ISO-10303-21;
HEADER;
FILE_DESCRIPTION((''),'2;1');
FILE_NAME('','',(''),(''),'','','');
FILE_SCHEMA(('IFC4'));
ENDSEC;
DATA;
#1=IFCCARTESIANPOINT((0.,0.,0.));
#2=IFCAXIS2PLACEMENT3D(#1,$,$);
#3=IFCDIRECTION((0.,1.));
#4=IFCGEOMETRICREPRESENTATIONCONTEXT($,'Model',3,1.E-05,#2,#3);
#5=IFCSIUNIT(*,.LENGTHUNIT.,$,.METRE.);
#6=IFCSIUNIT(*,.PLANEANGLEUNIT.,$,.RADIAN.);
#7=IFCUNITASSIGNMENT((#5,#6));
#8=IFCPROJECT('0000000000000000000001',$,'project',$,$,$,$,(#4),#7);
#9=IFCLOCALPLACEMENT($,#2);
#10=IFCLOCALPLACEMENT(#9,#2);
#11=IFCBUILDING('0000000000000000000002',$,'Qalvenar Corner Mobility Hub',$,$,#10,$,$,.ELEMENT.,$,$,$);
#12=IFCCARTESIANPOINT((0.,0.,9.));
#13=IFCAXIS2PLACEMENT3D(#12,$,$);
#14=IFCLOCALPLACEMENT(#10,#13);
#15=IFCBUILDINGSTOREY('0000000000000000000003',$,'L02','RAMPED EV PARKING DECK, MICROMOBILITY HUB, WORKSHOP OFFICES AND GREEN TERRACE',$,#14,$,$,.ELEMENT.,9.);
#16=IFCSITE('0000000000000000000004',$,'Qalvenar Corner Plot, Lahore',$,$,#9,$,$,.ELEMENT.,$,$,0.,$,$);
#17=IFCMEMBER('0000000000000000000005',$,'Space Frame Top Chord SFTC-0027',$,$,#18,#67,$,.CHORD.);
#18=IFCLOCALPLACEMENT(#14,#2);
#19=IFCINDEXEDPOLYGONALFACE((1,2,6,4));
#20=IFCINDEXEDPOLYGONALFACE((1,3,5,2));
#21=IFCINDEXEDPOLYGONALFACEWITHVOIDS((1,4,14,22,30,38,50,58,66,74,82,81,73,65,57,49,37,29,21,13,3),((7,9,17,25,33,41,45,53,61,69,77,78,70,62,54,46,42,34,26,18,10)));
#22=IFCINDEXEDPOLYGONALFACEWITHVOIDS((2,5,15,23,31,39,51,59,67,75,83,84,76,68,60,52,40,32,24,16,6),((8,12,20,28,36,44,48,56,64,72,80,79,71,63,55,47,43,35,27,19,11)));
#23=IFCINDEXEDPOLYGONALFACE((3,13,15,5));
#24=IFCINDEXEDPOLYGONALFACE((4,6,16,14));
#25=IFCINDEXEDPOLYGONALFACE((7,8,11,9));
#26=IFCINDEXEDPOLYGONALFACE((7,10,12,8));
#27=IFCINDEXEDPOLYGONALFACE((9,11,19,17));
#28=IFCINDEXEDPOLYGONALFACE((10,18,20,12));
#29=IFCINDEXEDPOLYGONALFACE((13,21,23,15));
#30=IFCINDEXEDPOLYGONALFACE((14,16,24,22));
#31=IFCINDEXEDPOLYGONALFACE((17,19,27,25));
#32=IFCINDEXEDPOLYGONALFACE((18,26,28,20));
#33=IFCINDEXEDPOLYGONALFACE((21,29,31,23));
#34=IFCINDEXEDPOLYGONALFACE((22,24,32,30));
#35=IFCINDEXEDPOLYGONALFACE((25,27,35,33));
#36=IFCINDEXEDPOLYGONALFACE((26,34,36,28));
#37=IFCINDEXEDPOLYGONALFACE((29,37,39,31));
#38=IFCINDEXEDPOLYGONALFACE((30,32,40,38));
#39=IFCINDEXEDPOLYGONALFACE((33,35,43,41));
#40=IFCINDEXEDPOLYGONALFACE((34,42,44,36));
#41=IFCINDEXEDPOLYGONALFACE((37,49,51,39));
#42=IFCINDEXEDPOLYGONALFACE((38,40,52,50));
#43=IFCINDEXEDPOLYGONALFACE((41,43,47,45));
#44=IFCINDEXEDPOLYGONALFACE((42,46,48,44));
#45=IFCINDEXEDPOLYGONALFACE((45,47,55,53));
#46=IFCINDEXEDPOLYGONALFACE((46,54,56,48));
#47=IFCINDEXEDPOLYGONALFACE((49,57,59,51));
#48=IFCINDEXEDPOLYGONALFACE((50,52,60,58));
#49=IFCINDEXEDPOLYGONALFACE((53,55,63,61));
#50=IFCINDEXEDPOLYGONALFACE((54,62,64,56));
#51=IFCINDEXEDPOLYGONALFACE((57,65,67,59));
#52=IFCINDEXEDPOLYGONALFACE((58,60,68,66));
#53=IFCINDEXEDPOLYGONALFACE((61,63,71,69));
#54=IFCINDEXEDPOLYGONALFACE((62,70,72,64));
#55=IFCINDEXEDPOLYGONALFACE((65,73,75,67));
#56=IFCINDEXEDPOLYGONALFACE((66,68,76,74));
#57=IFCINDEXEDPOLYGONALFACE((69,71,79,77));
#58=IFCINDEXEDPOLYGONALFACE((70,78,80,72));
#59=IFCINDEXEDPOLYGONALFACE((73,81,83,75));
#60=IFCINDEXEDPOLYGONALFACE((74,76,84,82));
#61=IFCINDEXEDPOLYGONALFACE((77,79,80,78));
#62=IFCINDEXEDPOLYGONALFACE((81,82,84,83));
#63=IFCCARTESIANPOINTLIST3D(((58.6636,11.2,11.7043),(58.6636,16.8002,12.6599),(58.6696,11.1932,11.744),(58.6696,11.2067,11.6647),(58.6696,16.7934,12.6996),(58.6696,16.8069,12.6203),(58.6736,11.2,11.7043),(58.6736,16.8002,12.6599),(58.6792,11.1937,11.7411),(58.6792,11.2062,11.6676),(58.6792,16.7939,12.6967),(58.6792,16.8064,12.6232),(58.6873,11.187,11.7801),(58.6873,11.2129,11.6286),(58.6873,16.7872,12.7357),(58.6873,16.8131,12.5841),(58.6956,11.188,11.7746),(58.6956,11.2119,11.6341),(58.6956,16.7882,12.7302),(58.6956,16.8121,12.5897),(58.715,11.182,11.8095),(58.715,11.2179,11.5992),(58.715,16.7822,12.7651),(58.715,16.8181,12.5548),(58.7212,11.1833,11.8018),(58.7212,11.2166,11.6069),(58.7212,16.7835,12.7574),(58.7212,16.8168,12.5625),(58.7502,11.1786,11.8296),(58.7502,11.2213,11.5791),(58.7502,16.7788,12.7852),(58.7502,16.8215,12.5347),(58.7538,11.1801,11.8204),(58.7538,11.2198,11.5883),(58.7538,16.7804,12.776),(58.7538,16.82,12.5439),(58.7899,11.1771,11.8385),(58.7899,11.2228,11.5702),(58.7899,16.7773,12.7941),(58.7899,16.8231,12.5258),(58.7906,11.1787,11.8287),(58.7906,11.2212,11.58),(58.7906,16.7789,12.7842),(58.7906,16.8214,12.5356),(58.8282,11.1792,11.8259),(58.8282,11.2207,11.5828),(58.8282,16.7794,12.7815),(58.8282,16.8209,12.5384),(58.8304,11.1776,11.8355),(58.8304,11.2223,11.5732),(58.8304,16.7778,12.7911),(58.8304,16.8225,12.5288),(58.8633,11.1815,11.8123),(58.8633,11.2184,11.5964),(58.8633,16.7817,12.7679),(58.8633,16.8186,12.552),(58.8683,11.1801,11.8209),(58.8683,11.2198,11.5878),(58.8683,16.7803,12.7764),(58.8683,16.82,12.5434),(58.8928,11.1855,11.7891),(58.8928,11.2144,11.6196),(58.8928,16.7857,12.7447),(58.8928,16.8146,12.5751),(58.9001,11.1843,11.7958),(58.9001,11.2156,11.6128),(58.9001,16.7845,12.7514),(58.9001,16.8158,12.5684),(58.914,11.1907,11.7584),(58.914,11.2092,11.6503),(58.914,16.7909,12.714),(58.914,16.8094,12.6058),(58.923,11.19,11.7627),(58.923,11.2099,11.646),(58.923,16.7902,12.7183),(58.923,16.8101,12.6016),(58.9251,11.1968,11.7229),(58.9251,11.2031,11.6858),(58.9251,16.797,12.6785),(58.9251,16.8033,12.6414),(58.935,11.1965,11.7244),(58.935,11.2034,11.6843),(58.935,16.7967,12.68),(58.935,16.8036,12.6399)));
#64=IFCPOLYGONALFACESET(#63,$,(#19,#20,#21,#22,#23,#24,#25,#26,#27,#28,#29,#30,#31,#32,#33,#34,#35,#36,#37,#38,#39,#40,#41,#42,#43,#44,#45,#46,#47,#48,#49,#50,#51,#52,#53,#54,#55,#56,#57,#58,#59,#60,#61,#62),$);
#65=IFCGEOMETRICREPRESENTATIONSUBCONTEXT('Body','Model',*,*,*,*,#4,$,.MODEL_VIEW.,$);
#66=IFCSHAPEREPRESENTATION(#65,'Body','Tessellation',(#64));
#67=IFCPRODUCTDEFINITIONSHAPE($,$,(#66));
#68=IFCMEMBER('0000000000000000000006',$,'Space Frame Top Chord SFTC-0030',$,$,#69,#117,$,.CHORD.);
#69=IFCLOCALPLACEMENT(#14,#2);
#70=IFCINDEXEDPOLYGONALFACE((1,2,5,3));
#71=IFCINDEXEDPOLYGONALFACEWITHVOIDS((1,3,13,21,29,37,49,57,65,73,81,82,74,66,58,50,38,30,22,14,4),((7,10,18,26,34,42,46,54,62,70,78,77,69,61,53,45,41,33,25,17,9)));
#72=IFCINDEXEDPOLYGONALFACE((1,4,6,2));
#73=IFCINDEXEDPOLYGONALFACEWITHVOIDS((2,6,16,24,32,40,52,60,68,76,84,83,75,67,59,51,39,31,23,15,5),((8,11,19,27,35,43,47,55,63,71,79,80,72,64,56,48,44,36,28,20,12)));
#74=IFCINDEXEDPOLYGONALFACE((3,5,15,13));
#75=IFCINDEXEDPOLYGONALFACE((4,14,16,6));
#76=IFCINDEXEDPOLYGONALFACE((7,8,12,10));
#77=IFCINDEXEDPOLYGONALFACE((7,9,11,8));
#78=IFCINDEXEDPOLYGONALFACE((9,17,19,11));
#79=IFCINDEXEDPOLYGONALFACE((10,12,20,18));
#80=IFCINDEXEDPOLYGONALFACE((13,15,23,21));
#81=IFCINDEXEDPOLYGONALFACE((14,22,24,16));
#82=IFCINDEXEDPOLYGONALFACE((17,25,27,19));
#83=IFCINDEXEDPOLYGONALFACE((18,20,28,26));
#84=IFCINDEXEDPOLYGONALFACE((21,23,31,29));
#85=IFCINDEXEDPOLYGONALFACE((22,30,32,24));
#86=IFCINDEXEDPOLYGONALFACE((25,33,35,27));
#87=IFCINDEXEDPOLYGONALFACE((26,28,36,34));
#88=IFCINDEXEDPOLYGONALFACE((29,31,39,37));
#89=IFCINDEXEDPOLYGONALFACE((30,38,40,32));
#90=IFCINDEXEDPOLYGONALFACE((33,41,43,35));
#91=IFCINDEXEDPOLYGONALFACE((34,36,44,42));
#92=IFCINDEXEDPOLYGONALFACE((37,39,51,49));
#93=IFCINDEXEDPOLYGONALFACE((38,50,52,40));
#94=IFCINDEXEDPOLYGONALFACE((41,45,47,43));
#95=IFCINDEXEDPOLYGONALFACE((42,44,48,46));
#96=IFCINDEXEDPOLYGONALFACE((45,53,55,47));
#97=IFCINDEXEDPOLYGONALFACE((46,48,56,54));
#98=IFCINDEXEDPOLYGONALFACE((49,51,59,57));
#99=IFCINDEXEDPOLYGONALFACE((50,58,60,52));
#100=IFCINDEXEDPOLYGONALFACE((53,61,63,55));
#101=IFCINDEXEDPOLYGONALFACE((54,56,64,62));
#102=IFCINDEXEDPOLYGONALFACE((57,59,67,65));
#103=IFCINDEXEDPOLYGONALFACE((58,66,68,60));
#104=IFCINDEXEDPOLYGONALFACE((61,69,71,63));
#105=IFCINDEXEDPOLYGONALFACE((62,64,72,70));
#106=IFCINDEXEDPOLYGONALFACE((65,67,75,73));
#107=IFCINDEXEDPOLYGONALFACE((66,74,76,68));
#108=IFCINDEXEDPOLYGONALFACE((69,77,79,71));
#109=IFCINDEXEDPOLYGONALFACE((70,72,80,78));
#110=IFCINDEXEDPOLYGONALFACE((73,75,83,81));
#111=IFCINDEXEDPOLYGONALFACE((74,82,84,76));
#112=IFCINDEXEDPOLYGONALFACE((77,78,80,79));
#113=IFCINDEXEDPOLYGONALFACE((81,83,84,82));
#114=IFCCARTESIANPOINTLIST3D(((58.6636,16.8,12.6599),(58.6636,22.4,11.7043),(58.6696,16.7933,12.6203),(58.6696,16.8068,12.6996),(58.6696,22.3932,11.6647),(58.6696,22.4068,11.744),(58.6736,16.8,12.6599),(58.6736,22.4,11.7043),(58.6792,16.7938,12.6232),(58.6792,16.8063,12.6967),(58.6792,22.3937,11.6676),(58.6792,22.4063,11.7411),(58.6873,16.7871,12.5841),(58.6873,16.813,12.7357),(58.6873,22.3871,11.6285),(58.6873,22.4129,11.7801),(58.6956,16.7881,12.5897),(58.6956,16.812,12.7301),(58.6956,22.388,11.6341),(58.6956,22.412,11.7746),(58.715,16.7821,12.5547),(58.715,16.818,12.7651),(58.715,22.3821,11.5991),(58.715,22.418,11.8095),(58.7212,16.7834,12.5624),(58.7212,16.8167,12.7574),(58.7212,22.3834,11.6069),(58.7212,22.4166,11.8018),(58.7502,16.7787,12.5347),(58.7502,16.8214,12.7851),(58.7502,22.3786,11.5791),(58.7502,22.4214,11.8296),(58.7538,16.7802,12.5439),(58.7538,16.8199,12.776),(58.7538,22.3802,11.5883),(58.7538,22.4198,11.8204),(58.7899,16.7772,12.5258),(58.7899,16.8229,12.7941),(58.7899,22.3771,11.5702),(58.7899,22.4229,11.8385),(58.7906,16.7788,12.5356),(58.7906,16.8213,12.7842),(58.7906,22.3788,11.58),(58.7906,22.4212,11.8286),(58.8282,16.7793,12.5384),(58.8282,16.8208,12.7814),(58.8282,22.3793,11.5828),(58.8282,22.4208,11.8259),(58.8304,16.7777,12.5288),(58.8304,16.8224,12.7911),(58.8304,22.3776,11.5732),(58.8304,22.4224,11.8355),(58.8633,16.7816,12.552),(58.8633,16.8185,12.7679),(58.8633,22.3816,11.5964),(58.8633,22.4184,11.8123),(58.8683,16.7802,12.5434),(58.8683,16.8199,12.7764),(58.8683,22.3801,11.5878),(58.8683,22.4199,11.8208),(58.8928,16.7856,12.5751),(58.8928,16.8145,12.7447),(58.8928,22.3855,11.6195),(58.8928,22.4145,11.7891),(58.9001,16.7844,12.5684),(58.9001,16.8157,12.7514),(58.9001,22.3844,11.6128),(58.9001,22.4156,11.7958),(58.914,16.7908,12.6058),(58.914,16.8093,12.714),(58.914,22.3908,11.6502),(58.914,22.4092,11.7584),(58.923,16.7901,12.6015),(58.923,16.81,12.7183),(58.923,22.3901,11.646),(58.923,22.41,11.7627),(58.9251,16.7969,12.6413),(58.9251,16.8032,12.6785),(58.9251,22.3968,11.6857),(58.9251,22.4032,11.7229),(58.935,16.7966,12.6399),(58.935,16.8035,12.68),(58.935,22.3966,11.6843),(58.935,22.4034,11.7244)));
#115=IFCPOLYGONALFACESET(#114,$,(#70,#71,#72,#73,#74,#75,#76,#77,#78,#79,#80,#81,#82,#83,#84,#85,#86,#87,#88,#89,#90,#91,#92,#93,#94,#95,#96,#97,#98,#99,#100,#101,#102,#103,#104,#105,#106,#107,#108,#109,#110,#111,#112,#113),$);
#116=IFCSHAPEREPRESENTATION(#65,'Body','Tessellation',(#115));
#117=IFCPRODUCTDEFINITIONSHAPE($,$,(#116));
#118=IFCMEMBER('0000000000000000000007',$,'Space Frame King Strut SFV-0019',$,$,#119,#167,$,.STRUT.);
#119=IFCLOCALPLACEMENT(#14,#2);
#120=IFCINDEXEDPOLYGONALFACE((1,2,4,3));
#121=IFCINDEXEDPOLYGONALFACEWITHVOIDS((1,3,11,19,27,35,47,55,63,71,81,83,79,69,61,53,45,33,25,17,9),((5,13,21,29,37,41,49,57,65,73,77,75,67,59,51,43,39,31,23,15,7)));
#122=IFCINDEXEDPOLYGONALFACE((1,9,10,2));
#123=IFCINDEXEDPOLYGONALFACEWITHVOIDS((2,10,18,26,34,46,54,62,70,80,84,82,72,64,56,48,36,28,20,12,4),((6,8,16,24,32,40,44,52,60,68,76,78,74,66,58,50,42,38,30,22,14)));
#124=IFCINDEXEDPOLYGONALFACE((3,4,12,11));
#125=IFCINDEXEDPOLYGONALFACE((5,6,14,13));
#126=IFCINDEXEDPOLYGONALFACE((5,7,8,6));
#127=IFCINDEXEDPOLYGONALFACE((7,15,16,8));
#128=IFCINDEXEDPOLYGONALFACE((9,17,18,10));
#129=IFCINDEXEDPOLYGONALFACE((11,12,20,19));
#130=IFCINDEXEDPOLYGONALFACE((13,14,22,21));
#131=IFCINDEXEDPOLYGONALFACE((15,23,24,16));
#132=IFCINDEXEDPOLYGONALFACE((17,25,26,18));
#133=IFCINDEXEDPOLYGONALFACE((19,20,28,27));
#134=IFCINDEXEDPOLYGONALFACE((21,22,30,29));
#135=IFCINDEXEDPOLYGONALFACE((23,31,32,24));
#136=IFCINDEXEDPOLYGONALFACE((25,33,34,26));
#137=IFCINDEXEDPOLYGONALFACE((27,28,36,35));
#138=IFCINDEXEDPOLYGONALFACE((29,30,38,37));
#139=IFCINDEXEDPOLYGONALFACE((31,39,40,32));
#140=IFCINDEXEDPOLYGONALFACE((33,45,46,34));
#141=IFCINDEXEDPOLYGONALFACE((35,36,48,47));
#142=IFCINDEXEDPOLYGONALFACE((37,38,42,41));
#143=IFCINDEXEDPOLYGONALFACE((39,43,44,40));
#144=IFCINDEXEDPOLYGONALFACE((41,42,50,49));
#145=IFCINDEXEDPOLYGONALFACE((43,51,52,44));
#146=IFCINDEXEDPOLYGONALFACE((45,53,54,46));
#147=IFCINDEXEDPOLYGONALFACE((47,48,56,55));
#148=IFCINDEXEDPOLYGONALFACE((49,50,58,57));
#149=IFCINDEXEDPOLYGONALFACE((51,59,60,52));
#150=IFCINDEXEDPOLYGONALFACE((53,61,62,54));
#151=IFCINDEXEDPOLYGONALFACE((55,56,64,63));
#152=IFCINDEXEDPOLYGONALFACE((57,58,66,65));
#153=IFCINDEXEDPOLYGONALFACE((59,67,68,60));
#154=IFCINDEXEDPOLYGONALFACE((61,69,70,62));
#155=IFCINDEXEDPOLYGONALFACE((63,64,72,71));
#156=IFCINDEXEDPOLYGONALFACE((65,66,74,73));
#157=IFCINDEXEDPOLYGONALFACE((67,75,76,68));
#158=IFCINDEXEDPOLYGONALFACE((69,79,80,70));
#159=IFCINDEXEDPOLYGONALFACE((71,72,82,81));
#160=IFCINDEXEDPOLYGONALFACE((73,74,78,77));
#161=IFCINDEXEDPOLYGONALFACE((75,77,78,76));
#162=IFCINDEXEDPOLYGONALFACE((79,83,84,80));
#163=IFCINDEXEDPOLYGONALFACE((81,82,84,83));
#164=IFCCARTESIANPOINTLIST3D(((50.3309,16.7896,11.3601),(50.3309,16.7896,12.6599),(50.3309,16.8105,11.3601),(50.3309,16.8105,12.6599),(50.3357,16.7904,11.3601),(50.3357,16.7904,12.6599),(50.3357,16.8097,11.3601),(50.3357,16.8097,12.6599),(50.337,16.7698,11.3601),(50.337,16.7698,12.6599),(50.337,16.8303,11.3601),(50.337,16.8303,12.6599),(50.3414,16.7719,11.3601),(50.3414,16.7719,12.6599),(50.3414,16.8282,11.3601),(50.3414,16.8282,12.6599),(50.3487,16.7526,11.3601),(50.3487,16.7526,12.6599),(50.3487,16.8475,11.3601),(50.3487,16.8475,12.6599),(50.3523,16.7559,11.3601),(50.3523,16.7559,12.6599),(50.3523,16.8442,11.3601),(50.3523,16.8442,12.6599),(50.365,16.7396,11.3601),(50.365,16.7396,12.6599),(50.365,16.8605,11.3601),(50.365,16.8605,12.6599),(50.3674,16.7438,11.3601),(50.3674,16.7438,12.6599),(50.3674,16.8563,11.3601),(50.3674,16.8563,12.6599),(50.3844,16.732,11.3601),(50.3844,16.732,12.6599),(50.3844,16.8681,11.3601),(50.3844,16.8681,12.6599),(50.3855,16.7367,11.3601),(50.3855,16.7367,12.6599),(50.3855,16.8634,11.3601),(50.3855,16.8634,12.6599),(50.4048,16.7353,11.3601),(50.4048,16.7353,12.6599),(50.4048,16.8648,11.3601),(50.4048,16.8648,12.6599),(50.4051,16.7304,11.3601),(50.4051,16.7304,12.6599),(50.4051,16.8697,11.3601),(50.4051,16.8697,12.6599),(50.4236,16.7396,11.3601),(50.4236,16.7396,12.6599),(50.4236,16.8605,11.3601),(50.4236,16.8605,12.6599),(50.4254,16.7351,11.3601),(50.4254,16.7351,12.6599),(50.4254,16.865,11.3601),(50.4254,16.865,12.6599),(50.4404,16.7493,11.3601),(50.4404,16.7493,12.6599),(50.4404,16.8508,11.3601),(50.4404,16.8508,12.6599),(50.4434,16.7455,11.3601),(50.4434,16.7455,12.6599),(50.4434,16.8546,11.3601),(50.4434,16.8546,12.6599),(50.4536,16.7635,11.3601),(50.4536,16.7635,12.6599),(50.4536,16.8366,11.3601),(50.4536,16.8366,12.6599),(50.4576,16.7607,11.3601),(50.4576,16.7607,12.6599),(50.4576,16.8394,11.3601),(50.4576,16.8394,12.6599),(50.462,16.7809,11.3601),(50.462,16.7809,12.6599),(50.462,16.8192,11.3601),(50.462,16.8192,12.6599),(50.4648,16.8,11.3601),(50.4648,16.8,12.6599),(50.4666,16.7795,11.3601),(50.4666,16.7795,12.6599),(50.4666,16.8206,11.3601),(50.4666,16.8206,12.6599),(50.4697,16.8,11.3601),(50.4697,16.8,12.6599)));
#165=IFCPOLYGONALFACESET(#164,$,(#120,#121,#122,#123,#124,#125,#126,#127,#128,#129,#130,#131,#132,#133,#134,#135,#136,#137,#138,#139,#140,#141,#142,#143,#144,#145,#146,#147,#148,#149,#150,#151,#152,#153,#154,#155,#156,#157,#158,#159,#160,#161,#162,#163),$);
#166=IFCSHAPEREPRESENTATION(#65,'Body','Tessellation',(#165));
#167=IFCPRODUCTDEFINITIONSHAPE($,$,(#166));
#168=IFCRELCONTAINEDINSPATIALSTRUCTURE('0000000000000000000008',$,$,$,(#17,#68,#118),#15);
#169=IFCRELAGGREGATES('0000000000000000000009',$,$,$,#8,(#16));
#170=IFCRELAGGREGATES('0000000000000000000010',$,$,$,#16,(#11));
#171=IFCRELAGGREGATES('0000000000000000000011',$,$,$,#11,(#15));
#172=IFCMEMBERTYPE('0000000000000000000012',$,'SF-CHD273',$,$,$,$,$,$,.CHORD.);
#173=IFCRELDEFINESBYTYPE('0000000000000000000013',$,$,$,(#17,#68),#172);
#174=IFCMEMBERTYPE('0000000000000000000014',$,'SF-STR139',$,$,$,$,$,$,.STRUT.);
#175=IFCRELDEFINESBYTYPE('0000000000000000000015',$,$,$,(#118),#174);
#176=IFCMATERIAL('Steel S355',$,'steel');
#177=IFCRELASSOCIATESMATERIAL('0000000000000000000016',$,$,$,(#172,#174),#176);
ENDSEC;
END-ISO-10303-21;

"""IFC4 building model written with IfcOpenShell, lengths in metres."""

from ifc_helpers import new_model, si_unit, direction, frame, origin, origin_2d, place, context, subcontext, project, spatial, hollow_circle, extrude, material, material_profile, profile_set, type_object, element, save


model = new_model("IFC4")

# Units and contexts
model_context = context("Model", 3, precision=1e-05, world=origin(), true_north=direction((0.0, 1.0)))
body_context = subcontext(model_context, "Body", "Model", "MODEL_VIEW")
ifc_project = project(units=[si_unit("LENGTHUNIT", "METRE"), si_unit("PLANEANGLEUNIT", "RADIAN")], contexts=[model_context])

# Site, building, storey
site_placement = place(None, origin())
site = spatial("IfcSite", under=ifc_project, at=site_placement, Name="Qalvenar Corner Plot, Lahore", CompositionType="ELEMENT", RefElevation=0.0)
building_placement = place(site_placement, origin())
building = spatial("IfcBuilding", under=site, at=building_placement, Name="Qalvenar Corner Mobility Hub", CompositionType="ELEMENT")
storey_placement = place(building_placement, frame((0.0, 0.0, 9.0)))
storey = spatial("IfcBuildingStorey", under=building, at=storey_placement, Name="L02", Description="RAMPED EV PARKING DECK, MICROMOBILITY HUB, WORKSHOP OFFICES AND GREEN TERRACE", CompositionType="ELEMENT", Elevation=9.0)

# Members
ifc_material_1 = material(Name="Steel S355", Category="steel")
ifc_material_profile_1 = material_profile(ifc_material_1, hollow_circle(Radius=0.1365, WallThickness=0.01, at=origin_2d()), Name="CHS273x10")
ifc_profile_set_1 = profile_set([ifc_material_profile_1], Name="Steel S355")
member_type_1 = type_object("IfcMemberType", Name="SF-CHD273", PredefinedType="CHORD", material=ifc_profile_set_1)
member_1_placement = place(storey_placement, frame((58.8, 11.2, 11.7043), z_axis=(0.0, 0.985752, 0.168203), x_axis=(-1.0, 0.0, 0.0)))
element("IfcMember", 1, at=member_1_placement, inside=storey, type_object=member_type_1, Name="Space Frame Top Chord SFTC-0027", PredefinedType="CHORD", context=body_context, shape_type="SweptSolid", body=[
    extrude(hollow_circle(Radius=0.1365, WallThickness=0.01, at=origin_2d()), origin(), (0.0, 0.0, 1.0), 5.6812),
])
member_2_placement = place(storey_placement, frame((58.8, 16.8, 12.6599), z_axis=(0.0, 0.985751, -0.16821), x_axis=(-1.0, 0.0, 0.0)))
element("IfcMember", 2, at=member_2_placement, inside=storey, type_object=member_type_1, Name="Space Frame Top Chord SFTC-0030", PredefinedType="CHORD", context=body_context, shape_type="SweptSolid", body=[
    extrude(hollow_circle(Radius=0.1365, WallThickness=0.01, at=origin_2d()), origin(), (0.0, 0.0, 1.0), 5.6809),
])
ifc_material_profile_2 = material_profile(ifc_material_1, hollow_circle(Radius=0.0698, WallThickness=0.0049, at=origin_2d()), Name="CHS139.7x5")
ifc_profile_set_2 = profile_set([ifc_material_profile_2], Name="Steel S355")
member_type_2 = type_object("IfcMemberType", Name="SF-STR139", PredefinedType="STRUT", material=ifc_profile_set_2)
member_3_placement = place(storey_placement, frame((50.3999, 16.8, 11.3601), z_axis=(0.0, 0.0, 1.0), x_axis=(1.0, 0.0, 0.0)))
element("IfcMember", 3, at=member_3_placement, inside=storey, type_object=member_type_2, Name="Space Frame King Strut SFV-0019", PredefinedType="STRUT", context=body_context, shape_type="SweptSolid", body=[
    extrude(hollow_circle(Radius=0.0698, WallThickness=0.0049, at=origin_2d()), origin(), (0.0, 0.0, 1.0), 1.2998),
])

save(model, "model.ifc")
